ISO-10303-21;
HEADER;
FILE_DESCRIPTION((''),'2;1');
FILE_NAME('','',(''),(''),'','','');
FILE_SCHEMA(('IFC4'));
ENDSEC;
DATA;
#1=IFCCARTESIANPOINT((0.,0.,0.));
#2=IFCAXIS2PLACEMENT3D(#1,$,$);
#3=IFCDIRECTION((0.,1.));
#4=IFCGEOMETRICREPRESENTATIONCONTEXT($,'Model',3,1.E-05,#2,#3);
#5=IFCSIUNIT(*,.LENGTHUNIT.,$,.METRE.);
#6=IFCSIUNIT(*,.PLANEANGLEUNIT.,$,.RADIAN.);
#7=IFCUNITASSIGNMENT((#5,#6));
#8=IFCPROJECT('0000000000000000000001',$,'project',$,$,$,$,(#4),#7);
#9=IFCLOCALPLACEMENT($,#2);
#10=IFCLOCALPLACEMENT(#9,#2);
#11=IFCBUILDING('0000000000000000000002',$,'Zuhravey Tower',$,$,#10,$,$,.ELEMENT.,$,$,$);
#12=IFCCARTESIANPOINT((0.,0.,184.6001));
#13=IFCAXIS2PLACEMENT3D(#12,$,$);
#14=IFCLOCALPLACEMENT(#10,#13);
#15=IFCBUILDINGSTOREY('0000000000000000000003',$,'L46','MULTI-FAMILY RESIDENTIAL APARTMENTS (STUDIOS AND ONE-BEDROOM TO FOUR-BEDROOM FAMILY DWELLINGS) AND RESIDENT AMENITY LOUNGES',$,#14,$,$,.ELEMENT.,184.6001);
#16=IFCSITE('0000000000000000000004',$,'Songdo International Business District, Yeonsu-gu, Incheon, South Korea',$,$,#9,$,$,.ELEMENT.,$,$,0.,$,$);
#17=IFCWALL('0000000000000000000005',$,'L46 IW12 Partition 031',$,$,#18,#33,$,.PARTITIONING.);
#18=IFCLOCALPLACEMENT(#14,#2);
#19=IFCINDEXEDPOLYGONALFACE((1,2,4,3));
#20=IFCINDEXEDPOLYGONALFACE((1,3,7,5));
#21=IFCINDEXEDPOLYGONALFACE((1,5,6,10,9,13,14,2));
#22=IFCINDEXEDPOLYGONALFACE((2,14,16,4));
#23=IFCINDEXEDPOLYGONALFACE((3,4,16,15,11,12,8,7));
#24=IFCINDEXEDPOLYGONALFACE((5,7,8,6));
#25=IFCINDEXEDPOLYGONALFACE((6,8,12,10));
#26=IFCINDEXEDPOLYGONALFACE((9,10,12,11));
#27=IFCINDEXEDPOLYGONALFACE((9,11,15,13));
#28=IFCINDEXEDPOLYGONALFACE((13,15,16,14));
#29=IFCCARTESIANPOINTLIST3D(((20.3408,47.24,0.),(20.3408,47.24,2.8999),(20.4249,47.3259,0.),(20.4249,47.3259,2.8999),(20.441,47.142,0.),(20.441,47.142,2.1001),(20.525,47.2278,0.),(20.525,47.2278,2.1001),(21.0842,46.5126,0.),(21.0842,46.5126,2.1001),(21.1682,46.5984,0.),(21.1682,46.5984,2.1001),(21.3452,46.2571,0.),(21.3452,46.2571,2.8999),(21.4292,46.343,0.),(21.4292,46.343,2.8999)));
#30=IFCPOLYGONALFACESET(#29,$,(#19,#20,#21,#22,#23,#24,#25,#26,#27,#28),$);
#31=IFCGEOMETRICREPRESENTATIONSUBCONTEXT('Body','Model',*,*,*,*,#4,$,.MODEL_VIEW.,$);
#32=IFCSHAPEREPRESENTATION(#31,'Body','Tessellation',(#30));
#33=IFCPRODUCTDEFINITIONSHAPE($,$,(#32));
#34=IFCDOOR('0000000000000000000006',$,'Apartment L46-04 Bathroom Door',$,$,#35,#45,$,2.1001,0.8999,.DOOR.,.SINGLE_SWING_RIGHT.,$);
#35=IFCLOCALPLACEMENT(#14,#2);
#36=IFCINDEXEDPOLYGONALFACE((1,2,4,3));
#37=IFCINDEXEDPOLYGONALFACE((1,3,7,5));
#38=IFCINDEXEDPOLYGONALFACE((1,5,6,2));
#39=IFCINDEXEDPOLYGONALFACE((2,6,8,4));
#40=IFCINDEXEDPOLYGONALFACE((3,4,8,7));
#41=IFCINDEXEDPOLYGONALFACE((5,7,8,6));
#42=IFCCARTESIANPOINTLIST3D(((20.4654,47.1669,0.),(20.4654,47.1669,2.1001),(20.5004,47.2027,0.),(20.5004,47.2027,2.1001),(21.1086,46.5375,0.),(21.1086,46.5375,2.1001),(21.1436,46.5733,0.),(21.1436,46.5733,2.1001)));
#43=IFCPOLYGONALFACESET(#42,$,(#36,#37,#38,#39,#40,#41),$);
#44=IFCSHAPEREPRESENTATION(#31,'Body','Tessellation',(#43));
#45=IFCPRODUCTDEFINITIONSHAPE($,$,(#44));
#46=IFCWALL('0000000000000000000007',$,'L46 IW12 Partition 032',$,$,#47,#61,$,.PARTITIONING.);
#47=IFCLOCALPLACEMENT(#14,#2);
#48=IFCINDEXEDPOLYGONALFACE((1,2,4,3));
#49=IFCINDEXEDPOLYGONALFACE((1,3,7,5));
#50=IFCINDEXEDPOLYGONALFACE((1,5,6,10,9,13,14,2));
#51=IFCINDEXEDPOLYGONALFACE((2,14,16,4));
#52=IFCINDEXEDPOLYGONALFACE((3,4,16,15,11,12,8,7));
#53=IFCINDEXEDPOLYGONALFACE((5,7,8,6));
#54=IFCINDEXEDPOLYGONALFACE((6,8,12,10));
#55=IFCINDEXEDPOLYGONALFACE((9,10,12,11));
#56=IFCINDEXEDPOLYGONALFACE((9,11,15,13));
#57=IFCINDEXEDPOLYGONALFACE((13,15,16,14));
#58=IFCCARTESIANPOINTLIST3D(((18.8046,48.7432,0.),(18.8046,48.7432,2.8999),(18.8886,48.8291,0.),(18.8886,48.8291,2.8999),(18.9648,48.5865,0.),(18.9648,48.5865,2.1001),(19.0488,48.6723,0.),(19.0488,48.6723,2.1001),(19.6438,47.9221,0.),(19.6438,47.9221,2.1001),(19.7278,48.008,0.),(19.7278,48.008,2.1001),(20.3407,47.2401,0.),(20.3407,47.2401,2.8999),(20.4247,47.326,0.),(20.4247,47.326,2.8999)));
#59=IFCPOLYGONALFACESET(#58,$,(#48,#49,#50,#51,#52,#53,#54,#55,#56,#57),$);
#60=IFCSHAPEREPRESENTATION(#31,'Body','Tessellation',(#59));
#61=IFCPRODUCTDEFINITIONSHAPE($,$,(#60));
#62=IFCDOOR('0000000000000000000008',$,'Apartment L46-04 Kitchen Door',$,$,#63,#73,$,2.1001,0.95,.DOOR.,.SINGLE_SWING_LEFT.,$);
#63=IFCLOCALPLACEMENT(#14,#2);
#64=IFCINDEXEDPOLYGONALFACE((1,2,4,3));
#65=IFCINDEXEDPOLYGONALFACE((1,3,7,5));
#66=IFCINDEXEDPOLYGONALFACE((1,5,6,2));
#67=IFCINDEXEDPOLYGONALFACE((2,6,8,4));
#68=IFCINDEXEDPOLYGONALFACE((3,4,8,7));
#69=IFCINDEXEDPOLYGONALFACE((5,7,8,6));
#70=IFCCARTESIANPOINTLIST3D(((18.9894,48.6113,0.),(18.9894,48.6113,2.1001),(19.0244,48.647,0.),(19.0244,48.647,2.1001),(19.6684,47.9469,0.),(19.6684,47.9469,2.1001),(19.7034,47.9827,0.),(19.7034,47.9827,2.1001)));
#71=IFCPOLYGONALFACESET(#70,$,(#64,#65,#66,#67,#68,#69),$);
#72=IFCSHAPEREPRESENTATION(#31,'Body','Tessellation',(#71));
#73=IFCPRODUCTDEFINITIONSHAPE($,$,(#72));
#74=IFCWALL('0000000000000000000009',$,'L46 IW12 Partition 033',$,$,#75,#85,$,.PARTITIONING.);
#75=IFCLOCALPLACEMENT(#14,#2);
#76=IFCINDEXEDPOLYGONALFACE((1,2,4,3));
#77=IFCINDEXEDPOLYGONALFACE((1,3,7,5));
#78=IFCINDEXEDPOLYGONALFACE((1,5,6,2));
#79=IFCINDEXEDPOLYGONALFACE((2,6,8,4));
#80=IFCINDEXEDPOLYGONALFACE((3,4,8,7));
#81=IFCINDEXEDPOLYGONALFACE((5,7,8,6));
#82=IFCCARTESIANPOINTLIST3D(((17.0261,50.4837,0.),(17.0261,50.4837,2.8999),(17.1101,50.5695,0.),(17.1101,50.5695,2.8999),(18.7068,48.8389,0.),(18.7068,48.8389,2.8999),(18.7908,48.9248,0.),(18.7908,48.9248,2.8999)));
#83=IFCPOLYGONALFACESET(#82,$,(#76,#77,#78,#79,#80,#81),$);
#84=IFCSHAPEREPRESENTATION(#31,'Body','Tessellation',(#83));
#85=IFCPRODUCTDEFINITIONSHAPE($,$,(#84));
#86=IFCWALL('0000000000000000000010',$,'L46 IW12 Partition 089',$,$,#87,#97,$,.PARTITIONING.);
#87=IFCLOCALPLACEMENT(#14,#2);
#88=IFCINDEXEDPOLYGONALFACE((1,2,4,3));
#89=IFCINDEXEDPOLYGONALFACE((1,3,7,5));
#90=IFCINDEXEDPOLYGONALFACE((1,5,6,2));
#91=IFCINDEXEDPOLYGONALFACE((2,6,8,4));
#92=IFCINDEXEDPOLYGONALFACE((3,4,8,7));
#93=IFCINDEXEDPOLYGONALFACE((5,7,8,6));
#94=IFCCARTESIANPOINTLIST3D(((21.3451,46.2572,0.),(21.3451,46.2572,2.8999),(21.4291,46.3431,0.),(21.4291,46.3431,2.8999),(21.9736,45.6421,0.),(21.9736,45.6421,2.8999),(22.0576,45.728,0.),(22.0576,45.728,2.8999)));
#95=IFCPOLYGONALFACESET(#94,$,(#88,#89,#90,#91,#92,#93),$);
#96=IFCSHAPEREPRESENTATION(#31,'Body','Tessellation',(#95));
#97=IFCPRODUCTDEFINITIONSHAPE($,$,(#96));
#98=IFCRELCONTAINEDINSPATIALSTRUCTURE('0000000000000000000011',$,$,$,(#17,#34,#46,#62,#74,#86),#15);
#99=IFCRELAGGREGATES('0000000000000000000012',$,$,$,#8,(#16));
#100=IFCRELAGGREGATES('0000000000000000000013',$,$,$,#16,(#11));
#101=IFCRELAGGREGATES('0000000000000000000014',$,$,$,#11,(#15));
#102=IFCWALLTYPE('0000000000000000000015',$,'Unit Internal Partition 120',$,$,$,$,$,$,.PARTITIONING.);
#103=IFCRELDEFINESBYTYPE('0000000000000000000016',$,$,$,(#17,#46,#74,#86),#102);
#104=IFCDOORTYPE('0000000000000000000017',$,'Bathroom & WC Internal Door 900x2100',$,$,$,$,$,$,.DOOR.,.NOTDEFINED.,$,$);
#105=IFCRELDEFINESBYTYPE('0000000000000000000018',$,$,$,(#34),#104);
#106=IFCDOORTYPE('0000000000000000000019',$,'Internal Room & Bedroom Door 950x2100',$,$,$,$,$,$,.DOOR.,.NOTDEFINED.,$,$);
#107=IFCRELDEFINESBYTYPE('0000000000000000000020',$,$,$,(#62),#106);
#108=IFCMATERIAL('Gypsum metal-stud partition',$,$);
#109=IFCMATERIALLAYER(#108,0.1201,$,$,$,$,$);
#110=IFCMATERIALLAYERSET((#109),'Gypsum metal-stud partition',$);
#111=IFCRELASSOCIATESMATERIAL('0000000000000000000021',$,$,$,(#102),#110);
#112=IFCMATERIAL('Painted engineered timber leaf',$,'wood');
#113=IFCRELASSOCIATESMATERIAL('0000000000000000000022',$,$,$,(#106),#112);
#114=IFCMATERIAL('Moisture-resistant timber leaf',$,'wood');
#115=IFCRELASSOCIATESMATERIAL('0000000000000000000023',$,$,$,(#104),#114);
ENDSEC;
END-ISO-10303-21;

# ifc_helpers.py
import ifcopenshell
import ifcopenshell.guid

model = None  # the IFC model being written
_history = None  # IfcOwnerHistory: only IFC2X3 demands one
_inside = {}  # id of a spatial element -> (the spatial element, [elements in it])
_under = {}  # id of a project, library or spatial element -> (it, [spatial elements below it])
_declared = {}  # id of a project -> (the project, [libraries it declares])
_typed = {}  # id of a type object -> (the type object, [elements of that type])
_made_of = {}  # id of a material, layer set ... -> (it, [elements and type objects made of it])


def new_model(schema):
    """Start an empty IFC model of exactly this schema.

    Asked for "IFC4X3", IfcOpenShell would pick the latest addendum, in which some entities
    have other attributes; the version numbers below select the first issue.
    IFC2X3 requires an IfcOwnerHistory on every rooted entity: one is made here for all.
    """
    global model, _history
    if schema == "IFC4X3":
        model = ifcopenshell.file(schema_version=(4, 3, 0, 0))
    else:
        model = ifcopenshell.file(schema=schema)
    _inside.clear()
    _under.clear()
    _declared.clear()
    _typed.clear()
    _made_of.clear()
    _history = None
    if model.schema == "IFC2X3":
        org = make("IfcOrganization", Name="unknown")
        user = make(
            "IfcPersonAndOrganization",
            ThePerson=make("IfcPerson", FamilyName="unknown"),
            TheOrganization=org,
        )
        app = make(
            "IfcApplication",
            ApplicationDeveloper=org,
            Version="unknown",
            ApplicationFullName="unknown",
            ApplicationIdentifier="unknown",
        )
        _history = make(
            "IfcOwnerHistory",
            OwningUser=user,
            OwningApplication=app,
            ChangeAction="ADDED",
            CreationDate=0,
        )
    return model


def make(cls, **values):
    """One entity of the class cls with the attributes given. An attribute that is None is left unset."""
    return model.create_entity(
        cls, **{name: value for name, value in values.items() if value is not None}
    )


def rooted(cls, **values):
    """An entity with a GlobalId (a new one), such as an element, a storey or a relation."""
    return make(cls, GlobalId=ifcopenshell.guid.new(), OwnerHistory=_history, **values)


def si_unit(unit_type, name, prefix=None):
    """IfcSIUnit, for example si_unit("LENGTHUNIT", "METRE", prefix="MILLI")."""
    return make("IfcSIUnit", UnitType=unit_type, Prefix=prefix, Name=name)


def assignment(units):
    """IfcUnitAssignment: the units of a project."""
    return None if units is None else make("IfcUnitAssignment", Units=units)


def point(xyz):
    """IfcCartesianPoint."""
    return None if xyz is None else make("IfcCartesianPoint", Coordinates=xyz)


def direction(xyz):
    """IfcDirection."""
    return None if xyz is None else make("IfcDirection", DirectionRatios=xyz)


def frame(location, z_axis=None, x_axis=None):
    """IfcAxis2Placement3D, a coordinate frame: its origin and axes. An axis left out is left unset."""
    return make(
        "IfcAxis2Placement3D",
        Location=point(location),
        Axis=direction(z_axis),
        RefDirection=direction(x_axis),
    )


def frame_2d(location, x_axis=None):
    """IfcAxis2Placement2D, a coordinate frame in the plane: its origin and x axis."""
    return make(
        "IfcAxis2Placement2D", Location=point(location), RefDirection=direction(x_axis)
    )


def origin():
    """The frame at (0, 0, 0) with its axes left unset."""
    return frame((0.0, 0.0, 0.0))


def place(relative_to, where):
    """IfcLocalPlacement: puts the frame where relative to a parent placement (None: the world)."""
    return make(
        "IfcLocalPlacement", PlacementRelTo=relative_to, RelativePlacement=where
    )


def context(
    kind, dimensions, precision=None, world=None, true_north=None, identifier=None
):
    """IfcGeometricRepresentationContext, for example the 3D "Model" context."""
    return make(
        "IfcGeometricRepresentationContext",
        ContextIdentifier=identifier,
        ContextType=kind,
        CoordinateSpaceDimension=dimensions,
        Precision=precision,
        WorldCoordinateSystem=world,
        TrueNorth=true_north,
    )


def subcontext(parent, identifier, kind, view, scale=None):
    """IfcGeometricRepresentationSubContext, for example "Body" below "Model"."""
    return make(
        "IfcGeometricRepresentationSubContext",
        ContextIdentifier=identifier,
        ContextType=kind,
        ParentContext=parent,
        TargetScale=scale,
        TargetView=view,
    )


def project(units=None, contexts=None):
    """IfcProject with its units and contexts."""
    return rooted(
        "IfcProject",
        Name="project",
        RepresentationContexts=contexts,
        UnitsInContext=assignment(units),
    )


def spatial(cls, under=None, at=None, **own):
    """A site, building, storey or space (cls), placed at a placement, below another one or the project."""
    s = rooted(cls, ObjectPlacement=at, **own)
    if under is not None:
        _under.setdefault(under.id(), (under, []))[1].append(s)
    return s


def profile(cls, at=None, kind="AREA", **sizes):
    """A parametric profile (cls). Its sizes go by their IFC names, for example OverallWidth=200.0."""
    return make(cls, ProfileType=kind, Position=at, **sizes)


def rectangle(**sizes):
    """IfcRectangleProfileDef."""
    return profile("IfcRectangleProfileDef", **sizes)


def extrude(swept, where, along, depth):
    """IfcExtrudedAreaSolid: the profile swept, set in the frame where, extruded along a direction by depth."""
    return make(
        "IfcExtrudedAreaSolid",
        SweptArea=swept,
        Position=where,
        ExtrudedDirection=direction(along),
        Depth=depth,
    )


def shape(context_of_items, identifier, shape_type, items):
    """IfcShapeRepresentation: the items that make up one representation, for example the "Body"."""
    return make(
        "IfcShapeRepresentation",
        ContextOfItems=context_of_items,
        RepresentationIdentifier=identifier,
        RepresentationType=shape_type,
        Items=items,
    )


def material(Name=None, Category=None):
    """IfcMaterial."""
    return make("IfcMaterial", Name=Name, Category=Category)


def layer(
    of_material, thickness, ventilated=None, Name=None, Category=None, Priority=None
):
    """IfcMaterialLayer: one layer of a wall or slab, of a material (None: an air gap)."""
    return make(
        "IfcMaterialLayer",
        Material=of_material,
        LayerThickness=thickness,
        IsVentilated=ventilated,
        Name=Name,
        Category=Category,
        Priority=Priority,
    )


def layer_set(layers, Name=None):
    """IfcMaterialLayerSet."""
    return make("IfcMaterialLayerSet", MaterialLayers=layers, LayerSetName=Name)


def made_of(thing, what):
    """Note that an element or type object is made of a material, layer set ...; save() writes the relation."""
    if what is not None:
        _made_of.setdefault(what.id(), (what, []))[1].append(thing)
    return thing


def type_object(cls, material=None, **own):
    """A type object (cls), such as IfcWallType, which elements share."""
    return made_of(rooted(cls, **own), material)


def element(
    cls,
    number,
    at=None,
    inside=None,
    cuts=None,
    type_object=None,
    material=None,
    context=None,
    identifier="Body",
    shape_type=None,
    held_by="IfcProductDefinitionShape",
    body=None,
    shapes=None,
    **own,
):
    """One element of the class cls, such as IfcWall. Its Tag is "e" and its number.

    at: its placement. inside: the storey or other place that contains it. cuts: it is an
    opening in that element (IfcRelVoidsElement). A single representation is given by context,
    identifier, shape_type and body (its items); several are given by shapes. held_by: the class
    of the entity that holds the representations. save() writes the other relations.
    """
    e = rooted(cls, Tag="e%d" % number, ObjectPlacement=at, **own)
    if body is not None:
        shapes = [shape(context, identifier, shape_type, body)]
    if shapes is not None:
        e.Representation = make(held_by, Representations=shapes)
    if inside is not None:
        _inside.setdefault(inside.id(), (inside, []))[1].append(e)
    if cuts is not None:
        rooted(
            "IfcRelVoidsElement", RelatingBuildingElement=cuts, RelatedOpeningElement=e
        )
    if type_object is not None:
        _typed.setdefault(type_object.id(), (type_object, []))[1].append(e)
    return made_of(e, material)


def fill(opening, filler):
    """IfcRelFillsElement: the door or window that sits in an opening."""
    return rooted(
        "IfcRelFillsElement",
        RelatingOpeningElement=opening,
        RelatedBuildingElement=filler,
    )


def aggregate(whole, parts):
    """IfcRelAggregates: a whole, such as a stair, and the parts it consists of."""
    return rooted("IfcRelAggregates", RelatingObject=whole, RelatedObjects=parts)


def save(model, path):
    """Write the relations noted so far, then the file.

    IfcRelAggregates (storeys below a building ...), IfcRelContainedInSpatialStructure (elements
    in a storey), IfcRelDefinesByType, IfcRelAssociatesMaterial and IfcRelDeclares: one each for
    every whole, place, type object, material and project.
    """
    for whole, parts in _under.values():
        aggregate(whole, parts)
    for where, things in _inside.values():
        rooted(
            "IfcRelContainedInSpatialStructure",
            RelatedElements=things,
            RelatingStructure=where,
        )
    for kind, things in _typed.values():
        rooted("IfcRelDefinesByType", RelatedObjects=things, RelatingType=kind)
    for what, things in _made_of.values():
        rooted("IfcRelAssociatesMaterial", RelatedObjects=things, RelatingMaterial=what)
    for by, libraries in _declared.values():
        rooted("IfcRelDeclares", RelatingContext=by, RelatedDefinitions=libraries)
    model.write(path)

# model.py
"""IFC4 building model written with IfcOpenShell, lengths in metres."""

from ifc_helpers import new_model, si_unit, direction, frame, frame_2d, origin, place, context, subcontext, project, spatial, rectangle, extrude, material, layer, layer_set, type_object, element, fill, save


model = new_model("IFC4")

# Units and contexts
model_context = context("Model", 3, precision=1e-05, world=origin(), true_north=direction((0.0, 1.0)))
body_context = subcontext(model_context, "Body", "Model", "MODEL_VIEW")
ifc_project = project(units=[si_unit("LENGTHUNIT", "METRE"), si_unit("PLANEANGLEUNIT", "RADIAN")], contexts=[model_context])

# Site, building, storey
site_placement = place(None, origin())
site = spatial("IfcSite", under=ifc_project, at=site_placement, Name="Songdo International Business District, Yeonsu-gu, Incheon, South Korea", CompositionType="ELEMENT", RefElevation=0.0)
building_placement = place(site_placement, origin())
building = spatial("IfcBuilding", under=site, at=building_placement, Name="Zuhravey Tower", CompositionType="ELEMENT")
storey_placement = place(building_placement, frame((0.0, 0.0, 184.6001)))
storey = spatial("IfcBuildingStorey", under=building, at=storey_placement, Name="L46", Description="MULTI-FAMILY RESIDENTIAL APARTMENTS (STUDIOS AND ONE-BEDROOM TO FOUR-BEDROOM FAMILY DWELLINGS) AND RESIDENT AMENITY LOUNGES", CompositionType="ELEMENT", Elevation=184.6001)

# Walls, openings, doors
ifc_material_1 = material(Name="Gypsum metal-stud partition")
ifc_layer_1 = layer(ifc_material_1, 0.1201)
ifc_layer_set_1 = layer_set([ifc_layer_1], Name="Gypsum metal-stud partition")
wall_type_1 = type_object("IfcWallType", Name="Unit Internal Partition 120", PredefinedType="PARTITIONING", material=ifc_layer_set_1)
ifc_material_2 = material(Name="Painted engineered timber leaf", Category="wood")
door_type_1 = type_object("IfcDoorType", Name="Internal Room & Bedroom Door 950x2100", OperationType="NOTDEFINED", PredefinedType="DOOR", material=ifc_material_2)
wall_1_placement = place(storey_placement, frame((21.3872, 46.3, 0.0), z_axis=(0.0, 0.0, 1.0), x_axis=(-0.714709, 0.699422, 0.0)))
wall_1 = element("IfcWall", 1, at=wall_1_placement, inside=storey, type_object=wall_type_1, Name="L46 IW12 Partition 031", PredefinedType="PARTITIONING", context=body_context, shape_type="SweptSolid", body=[
    extrude(rectangle(XDim=1.4053, YDim=0.1201, at=frame_2d((0.7026, 0.0))), origin(), (0.0, 0.0, 1.0), 2.8999),
])
opening_1_placement = place(wall_1_placement, frame((0.3652, 0.0, 0.0)))
opening_1 = element("IfcOpeningElement", 2, at=opening_1_placement, cuts=wall_1, PredefinedType="OPENING", context=body_context, shape_type="SweptSolid", body=[
    extrude(rectangle(XDim=0.8999, YDim=2.1001, at=frame_2d((0.45, 1.05))), frame((0.0, 0.072, 0.0), z_axis=(0.0, -1.0, 0.0), x_axis=(1.0, 0.0, 0.0)), (0.0, 0.0, 1.0), 0.144),
])
ifc_material_3 = material(Name="Moisture-resistant timber leaf", Category="wood")
door_type_2 = type_object("IfcDoorType", Name="Bathroom & WC Internal Door 900x2100", OperationType="NOTDEFINED", PredefinedType="DOOR", material=ifc_material_3)
door_1_placement = place(opening_1_placement, frame((0.8999, 0.0, 0.0), z_axis=(0.0, 0.0, 1.0), x_axis=(-1.0, 0.0, 0.0)))
door_1 = element("IfcDoor", 3, at=door_1_placement, inside=storey, type_object=door_type_2, Name="Apartment L46-04 Bathroom Door", OperationType="SINGLE_SWING_RIGHT", OverallHeight=2.1001, OverallWidth=0.8999, PredefinedType="DOOR", context=body_context, shape_type="SweptSolid", body=[
    extrude(rectangle(XDim=0.8999, YDim=2.1001, at=frame_2d((0.45, 1.05))), frame((0.0, 0.0249, 0.0), z_axis=(0.0, -1.0, 0.0), x_axis=(1.0, 0.0, 0.0)), (0.0, 0.0, 1.0), 0.05),
])
fill(opening_1, door_1)
wall_2_placement = place(storey_placement, frame((20.3828, 47.283, 0.0), z_axis=(0.0, 0.0, 1.0), x_axis=(-0.714733, 0.699398, 0.0)))
wall_2 = element("IfcWall", 4, at=wall_2_placement, inside=storey, type_object=wall_type_1, Name="L46 IW12 Partition 032", PredefinedType="PARTITIONING", context=body_context, shape_type="SweptSolid", body=[
    extrude(rectangle(XDim=2.1492, YDim=0.1201, at=frame_2d((1.0747, 0.0))), origin(), (0.0, 0.0, 1.0), 2.8999),
])
opening_2_placement = place(wall_2_placement, frame((0.9751, 0.0, 0.0)))
opening_2 = element("IfcOpeningElement", 5, at=opening_2_placement, cuts=wall_2, PredefinedType="OPENING", context=body_context, shape_type="SweptSolid", body=[
    extrude(rectangle(XDim=0.95, YDim=2.1001, at=frame_2d((0.4751, 1.05))), frame((0.0, 0.072, 0.0), z_axis=(0.0, -1.0, 0.0), x_axis=(1.0, 0.0, 0.0)), (0.0, 0.0, 1.0), 0.144),
])
door_2_placement = place(opening_2_placement, frame((0.95, 0.0, 0.0), z_axis=(0.0, 0.0, 1.0), x_axis=(-1.0, 0.0, 0.0)))
door_2 = element("IfcDoor", 6, at=door_2_placement, inside=storey, type_object=door_type_1, Name="Apartment L46-04 Kitchen Door", OperationType="SINGLE_SWING_LEFT", OverallHeight=2.1001, OverallWidth=0.95, PredefinedType="DOOR", context=body_context, shape_type="SweptSolid", body=[
    extrude(rectangle(XDim=0.95, YDim=2.1001, at=frame_2d((0.4751, 1.05))), frame((0.0, 0.0249, 0.0), z_axis=(0.0, -1.0, 0.0), x_axis=(1.0, 0.0, 0.0)), (0.0, 0.0, 1.0), 0.05),
])
fill(opening_2, door_2)

# Walls
wall_3_placement = place(storey_placement, frame((18.7488, 48.8818, 0.0), z_axis=(0.0, 0.0, 1.0), x_axis=(-0.714696, 0.699435, 0.0)))
element("IfcWall", 7, at=wall_3_placement, inside=storey, type_object=wall_type_1, Name="L46 IW12 Partition 033", PredefinedType="PARTITIONING", context=body_context, shape_type="SweptSolid", body=[
    extrude(rectangle(XDim=2.3516, YDim=0.1201, at=frame_2d((1.1758, 0.0))), origin(), (0.0, 0.0, 1.0), 2.8999),
])
wall_4_placement = place(storey_placement, frame((22.0156, 45.6851, 0.0), z_axis=(0.0, 0.0, 1.0), x_axis=(-0.714701, 0.69943, 0.0)))
element("IfcWall", 8, at=wall_4_placement, inside=storey, type_object=wall_type_1, Name="L46 IW12 Partition 089", PredefinedType="PARTITIONING", context=body_context, shape_type="SweptSolid", body=[
    extrude(rectangle(XDim=0.8794, YDim=0.1201, at=frame_2d((0.4397, 0.0))), origin(), (0.0, 0.0, 1.0), 2.8999),
])

save(model, "model.ifc")
